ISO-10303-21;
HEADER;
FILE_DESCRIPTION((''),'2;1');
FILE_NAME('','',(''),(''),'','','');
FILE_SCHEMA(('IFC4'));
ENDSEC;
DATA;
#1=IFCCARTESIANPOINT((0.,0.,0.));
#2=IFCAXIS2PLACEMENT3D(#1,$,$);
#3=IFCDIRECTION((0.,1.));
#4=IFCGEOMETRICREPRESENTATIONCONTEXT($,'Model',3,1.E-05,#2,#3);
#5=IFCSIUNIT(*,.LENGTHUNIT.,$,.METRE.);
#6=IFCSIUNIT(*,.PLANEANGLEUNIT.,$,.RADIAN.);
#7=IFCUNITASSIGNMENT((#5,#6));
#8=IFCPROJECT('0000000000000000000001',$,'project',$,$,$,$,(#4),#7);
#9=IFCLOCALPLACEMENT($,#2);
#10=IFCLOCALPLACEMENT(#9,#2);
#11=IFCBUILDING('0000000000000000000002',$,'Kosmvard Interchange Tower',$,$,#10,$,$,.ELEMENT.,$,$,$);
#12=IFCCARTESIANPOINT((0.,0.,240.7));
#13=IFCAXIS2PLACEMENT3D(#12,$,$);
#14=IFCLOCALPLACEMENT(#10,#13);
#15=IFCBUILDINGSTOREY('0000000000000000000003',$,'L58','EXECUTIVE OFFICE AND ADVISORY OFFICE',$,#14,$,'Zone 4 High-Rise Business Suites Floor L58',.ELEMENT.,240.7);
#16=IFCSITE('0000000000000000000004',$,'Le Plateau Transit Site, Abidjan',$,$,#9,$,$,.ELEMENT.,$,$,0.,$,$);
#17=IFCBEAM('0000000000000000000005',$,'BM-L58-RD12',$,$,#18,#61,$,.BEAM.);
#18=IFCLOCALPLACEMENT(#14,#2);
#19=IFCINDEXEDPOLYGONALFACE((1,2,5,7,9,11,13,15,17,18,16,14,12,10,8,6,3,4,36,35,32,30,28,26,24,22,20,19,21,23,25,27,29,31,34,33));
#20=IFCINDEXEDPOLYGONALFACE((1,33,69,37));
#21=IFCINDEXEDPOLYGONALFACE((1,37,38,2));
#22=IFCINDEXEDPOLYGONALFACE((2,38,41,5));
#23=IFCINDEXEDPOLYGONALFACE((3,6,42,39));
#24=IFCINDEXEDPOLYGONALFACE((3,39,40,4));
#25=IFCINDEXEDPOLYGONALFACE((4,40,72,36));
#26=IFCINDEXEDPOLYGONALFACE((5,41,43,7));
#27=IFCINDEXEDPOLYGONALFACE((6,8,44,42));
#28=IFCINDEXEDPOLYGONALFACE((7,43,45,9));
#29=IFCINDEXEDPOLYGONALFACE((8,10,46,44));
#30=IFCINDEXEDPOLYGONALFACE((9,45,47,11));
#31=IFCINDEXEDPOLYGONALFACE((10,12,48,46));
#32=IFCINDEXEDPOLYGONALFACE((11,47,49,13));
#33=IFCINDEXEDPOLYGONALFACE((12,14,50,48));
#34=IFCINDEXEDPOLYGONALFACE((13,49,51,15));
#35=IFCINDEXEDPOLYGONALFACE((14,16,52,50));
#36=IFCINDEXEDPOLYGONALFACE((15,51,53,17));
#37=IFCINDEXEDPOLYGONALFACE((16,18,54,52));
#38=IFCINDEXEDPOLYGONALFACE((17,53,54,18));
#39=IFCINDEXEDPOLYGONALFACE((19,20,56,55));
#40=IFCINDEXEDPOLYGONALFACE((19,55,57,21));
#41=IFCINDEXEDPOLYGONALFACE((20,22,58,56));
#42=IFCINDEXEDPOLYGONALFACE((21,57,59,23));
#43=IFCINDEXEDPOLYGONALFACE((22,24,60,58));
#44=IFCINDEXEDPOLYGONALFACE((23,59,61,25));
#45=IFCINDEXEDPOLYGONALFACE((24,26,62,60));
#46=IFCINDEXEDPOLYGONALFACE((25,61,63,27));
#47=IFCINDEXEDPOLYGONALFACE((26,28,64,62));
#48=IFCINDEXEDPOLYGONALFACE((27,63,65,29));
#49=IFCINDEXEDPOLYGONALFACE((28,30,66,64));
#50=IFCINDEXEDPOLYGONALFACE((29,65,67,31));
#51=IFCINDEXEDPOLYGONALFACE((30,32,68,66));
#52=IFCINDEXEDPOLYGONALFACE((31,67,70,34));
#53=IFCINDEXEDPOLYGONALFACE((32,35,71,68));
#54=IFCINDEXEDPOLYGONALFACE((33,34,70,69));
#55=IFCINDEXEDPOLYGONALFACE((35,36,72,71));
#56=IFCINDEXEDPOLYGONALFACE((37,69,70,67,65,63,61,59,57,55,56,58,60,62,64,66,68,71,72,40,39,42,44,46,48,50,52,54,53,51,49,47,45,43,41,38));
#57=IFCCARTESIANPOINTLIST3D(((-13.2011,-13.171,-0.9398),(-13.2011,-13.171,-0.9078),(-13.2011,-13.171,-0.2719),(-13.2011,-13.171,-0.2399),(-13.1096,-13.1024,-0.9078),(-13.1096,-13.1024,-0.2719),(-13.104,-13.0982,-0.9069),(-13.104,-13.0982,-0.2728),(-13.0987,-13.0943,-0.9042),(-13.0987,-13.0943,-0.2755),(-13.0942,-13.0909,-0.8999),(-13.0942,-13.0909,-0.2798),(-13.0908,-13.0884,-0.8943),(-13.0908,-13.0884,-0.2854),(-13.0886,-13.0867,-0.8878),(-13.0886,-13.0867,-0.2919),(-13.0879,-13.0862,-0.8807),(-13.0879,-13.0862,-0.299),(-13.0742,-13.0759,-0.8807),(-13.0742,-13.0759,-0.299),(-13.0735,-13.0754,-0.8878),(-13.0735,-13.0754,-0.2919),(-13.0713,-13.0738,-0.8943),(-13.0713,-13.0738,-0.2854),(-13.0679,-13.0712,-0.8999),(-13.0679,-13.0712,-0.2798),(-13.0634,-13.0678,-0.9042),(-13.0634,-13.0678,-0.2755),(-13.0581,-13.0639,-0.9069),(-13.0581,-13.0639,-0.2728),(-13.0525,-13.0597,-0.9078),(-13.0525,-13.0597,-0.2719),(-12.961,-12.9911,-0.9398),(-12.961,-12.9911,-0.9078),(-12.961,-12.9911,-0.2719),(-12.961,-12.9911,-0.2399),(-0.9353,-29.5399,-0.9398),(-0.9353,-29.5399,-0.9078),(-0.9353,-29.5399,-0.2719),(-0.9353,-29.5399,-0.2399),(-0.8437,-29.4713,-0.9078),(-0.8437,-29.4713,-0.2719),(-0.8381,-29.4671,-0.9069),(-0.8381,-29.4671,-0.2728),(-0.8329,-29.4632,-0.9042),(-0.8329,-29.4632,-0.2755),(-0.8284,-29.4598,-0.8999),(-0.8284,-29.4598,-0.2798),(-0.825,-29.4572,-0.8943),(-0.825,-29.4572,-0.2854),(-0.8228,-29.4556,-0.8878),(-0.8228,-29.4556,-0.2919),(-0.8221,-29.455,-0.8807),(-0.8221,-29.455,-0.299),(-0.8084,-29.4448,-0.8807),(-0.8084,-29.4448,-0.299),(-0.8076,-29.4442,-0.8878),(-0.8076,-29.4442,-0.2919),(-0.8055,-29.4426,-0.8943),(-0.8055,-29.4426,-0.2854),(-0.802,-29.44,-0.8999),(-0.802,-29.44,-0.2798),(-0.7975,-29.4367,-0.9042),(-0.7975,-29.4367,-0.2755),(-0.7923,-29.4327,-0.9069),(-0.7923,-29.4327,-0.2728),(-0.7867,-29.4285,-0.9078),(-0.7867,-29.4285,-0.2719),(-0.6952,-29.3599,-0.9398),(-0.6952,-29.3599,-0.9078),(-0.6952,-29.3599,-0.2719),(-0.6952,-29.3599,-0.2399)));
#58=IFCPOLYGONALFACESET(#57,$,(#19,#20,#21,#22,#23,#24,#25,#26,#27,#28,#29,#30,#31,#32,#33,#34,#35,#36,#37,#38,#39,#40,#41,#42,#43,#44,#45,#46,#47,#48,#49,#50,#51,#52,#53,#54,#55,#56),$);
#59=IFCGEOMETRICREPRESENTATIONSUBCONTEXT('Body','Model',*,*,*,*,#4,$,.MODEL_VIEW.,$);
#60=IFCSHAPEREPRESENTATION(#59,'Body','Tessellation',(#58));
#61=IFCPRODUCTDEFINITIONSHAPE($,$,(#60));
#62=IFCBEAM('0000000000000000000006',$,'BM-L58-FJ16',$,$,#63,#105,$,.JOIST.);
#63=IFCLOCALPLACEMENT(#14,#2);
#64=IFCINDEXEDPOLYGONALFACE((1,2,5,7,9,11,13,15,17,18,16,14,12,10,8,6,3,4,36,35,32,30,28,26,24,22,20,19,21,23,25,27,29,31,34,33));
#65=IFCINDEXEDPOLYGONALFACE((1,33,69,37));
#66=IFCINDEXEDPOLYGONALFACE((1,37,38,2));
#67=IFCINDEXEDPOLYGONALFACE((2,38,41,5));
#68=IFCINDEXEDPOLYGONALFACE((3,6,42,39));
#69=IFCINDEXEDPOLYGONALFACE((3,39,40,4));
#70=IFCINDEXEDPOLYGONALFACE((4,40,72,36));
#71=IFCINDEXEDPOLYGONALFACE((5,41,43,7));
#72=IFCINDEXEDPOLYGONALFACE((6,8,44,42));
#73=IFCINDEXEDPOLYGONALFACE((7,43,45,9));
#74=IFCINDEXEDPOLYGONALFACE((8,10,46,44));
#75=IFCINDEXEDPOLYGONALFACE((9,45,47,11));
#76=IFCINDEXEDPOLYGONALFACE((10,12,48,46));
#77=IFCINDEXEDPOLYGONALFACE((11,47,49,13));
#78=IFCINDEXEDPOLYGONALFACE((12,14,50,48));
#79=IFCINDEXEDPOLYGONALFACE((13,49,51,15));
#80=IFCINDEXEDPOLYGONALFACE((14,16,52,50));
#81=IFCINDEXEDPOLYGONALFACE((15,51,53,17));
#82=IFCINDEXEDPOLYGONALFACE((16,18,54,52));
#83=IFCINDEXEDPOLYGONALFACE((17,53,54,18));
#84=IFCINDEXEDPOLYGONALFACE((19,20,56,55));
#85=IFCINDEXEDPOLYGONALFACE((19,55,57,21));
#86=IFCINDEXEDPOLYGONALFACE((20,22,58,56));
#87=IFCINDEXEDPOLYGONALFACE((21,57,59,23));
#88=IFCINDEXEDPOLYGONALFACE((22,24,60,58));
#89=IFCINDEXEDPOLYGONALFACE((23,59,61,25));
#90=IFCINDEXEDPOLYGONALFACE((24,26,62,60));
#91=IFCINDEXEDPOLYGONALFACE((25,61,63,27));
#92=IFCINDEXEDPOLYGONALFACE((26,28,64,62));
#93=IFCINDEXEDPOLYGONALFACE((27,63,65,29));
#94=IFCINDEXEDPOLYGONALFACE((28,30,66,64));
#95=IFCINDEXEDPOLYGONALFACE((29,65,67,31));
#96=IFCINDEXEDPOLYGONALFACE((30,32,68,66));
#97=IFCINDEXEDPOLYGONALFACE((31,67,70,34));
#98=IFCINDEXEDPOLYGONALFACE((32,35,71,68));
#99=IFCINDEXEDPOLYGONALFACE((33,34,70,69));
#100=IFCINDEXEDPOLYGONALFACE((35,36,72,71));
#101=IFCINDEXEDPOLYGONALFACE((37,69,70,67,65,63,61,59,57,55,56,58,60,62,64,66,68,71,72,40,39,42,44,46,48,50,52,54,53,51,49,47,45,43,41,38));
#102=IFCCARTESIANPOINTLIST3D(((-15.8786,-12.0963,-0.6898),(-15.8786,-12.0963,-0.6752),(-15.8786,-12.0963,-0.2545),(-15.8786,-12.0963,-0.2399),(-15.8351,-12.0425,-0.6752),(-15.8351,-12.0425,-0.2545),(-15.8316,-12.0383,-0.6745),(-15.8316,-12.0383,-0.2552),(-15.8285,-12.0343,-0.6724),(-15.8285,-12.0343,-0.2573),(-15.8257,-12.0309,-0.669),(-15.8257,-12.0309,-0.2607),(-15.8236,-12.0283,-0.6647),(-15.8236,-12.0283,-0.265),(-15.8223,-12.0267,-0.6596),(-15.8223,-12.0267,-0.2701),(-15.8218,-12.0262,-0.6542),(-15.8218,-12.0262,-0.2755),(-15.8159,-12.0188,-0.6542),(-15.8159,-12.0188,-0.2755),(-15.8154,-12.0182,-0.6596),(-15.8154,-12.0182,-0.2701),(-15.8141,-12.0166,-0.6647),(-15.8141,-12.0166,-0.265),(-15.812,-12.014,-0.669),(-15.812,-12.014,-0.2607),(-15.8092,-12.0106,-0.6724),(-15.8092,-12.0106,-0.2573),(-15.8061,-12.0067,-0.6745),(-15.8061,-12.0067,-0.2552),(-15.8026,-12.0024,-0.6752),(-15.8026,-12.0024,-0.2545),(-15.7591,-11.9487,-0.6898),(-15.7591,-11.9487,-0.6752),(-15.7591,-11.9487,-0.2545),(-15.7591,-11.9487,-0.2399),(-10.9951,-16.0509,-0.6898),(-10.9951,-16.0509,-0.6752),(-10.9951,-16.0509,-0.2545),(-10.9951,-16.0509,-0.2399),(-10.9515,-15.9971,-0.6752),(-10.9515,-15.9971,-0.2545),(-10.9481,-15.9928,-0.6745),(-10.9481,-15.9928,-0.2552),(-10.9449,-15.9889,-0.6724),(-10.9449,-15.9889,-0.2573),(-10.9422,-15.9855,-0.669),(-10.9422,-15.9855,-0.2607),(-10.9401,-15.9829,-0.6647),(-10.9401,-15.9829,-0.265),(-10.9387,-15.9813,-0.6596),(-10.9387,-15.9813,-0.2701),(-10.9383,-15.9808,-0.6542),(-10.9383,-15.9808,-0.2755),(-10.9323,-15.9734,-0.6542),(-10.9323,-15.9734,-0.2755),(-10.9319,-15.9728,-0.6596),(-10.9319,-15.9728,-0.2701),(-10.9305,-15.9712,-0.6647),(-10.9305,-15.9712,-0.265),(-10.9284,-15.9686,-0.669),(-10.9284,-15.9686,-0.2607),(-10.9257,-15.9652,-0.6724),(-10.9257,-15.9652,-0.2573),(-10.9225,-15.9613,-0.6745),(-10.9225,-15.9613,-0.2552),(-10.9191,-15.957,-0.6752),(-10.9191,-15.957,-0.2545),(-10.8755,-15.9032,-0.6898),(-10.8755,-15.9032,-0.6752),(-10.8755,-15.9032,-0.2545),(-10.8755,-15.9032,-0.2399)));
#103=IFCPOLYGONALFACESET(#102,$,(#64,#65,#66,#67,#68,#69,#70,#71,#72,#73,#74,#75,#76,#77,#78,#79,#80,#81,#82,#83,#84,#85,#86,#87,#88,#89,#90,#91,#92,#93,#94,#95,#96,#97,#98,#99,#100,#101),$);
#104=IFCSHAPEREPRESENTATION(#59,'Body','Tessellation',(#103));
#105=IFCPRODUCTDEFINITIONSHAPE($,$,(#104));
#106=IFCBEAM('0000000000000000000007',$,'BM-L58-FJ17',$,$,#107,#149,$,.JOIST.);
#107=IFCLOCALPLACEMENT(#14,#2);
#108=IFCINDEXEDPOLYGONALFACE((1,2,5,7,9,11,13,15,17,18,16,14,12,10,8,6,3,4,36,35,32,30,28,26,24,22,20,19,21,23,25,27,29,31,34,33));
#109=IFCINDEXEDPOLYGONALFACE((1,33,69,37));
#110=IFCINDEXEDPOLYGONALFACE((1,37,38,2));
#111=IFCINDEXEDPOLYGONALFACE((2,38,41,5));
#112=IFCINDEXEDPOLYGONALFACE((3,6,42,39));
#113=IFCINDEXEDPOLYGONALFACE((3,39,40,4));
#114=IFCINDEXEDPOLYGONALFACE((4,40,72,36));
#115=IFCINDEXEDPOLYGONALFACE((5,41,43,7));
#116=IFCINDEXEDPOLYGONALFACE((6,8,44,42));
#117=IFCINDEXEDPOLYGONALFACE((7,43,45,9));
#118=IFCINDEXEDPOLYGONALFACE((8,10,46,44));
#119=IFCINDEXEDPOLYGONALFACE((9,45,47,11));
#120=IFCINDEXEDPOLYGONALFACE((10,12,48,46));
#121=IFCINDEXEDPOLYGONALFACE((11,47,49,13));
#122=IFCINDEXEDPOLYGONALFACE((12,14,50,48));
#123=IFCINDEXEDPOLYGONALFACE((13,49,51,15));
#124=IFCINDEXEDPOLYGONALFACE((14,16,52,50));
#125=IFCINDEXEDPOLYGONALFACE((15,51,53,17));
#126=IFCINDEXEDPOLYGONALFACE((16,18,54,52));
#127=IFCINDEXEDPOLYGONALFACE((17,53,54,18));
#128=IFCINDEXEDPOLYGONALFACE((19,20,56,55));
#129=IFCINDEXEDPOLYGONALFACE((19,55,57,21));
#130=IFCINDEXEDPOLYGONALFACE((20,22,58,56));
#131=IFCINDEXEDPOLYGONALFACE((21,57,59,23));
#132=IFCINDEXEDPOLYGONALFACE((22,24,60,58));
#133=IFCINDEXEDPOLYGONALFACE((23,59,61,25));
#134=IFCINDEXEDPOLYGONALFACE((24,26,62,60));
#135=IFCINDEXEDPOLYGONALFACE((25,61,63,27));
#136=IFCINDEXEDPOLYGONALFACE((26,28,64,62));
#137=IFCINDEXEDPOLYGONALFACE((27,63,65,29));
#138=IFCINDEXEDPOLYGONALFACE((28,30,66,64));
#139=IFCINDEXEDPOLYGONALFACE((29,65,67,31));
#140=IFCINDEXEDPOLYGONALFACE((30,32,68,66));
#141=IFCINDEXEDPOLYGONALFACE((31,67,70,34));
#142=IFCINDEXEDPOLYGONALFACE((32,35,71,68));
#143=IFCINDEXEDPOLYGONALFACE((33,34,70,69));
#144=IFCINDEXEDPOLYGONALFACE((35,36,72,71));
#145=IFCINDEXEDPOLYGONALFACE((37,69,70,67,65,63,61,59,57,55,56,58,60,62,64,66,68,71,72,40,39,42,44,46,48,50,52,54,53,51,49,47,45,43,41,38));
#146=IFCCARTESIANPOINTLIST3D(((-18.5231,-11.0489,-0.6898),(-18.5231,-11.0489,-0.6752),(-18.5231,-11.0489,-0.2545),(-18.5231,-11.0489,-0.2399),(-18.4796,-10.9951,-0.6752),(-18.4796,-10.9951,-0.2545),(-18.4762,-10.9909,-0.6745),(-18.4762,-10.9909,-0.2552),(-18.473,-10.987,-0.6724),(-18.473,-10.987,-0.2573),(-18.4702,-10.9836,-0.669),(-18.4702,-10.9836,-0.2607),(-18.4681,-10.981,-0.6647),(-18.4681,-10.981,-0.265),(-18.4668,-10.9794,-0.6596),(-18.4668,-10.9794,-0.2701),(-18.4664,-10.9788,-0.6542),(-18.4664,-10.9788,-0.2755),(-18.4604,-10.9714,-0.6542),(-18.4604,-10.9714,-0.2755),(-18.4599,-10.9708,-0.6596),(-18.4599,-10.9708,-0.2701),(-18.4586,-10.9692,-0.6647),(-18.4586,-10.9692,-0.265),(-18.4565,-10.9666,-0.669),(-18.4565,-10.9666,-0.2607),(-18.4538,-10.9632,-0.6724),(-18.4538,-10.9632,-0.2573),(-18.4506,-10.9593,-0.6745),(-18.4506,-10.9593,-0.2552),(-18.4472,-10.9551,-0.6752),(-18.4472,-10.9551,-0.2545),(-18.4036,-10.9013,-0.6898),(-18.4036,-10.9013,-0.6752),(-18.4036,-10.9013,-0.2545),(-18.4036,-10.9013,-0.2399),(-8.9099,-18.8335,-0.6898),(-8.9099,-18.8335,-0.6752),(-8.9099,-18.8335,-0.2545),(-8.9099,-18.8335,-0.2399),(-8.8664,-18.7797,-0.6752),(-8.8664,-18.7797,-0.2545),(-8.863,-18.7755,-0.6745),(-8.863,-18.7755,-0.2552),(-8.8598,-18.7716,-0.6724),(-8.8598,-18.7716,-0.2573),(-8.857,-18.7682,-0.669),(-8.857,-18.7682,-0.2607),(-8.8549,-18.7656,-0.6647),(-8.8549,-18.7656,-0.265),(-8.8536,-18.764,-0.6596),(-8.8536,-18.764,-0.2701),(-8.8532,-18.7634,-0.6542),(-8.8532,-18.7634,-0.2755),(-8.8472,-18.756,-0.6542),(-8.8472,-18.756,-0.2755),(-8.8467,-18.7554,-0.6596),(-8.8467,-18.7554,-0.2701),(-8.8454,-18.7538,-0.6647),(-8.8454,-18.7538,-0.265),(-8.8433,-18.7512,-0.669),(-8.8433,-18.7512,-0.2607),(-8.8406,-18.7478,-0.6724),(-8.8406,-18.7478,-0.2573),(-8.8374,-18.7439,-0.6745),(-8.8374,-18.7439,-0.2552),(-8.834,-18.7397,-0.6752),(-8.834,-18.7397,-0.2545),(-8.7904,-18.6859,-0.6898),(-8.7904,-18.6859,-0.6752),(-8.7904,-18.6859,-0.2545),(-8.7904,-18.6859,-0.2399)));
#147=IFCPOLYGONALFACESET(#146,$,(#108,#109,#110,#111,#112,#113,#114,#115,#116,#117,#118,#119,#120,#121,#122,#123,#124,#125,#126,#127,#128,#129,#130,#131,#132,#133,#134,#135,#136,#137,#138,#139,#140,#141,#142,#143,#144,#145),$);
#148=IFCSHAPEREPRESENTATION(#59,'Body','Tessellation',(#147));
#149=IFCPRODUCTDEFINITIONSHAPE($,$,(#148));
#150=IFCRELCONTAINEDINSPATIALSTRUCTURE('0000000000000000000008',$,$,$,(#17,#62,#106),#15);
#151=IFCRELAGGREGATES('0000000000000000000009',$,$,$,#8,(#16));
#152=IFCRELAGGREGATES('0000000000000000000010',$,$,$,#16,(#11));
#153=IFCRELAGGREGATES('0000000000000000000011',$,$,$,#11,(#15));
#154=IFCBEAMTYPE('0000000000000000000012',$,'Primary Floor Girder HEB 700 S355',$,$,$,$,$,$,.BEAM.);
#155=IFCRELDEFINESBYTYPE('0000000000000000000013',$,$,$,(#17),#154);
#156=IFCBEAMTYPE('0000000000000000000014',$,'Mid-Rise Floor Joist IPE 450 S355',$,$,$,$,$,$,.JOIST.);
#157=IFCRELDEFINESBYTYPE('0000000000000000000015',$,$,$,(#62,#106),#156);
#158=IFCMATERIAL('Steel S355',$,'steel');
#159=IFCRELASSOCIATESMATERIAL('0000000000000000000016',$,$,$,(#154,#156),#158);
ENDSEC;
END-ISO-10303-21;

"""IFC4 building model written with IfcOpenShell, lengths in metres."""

from ifc_helpers import new_model, si_unit, direction, frame, origin, origin_2d, place, context, subcontext, project, spatial, i_section, extrude, source, transform, mapped, material, material_profile, profile_set, type_object, element, save


model = new_model("IFC4")

# Units and contexts
model_context = context("Model", 3, precision=1e-05, world=origin(), true_north=direction((0.0, 1.0)))
body_context = subcontext(model_context, "Body", "Model", "MODEL_VIEW")
ifc_project = project(units=[si_unit("LENGTHUNIT", "METRE"), si_unit("PLANEANGLEUNIT", "RADIAN")], contexts=[model_context])

# Site, building, storey
site_placement = place(None, origin())
site = spatial("IfcSite", under=ifc_project, at=site_placement, Name="Le Plateau Transit Site, Abidjan", CompositionType="ELEMENT", RefElevation=0.0)
building_placement = place(site_placement, origin())
building = spatial("IfcBuilding", under=site, at=building_placement, Name="Kosmvard Interchange Tower", CompositionType="ELEMENT")
storey_placement = place(building_placement, frame((0.0, 0.0, 240.7)))
storey = spatial("IfcBuildingStorey", under=building, at=storey_placement, Name="L58", Description="EXECUTIVE OFFICE AND ADVISORY OFFICE", LongName="Zone 4 High-Rise Business Suites Floor L58", CompositionType="ELEMENT", Elevation=240.7)

# Beams
ifc_material_1 = material(Name="Steel S355", Category="steel")
ifc_material_profile_1 = material_profile(ifc_material_1, i_section(OverallWidth=0.3, OverallDepth=0.7, WebThickness=0.0171, FlangeThickness=0.032, FilletRadius=0.0271, at=origin_2d()), Name="HEB 700")
ifc_profile_set_1 = profile_set([ifc_material_profile_1], Name="Steel S355")
beam_type_1 = type_object("IfcBeamType", Name="Primary Floor Girder HEB 700 S355", PredefinedType="BEAM", material=ifc_profile_set_1)
shared_shape_1 = source(origin(), body_context, "Body", "SweptSolid", [
    extrude(i_section(OverallWidth=0.3, OverallDepth=0.7, WebThickness=0.0171, FlangeThickness=0.032, FilletRadius=0.0271, at=origin_2d()), origin(), (0.0, 0.0, 1.0), 20.4546),
])
beam_1_placement = place(storey_placement, frame((-13.0811, -13.0811, -0.5898), z_axis=(0.599662, -0.800253, 0.0), x_axis=(0.800253, 0.599662, 0.0)))
element("IfcBeam", 1, at=beam_1_placement, inside=storey, type_object=beam_type_1, Name="BM-L58-RD12", PredefinedType="BEAM", context=body_context, shape_type="MappedRepresentation", body=[
    mapped(shared_shape_1, transform((0.0, 0.0, 0.0), scale=1.0)),
])
ifc_material_profile_2 = material_profile(ifc_material_1, i_section(OverallWidth=0.1899, OverallDepth=0.45, WebThickness=0.0095, FlangeThickness=0.0146, FilletRadius=0.021, at=origin_2d()), Name="IPE 450")
ifc_profile_set_2 = profile_set([ifc_material_profile_2], Name="Steel S355")
beam_type_2 = type_object("IfcBeamType", Name="Mid-Rise Floor Joist IPE 450 S355", PredefinedType="JOIST", material=ifc_profile_set_2)
shared_shape_2 = source(origin(), body_context, "Body", "SweptSolid", [
    extrude(i_section(OverallWidth=0.1899, OverallDepth=0.45, WebThickness=0.0095, FlangeThickness=0.0146, FilletRadius=0.021, at=origin_2d()), origin(), (0.0, 0.0, 1.0), 6.2839),
])
beam_2_placement = place(storey_placement, frame((-15.8188, -12.0225, -0.4648), z_axis=(0.777148, -0.629318, 0.0), x_axis=(0.629318, 0.777148, 0.0)))
element("IfcBeam", 2, at=beam_2_placement, inside=storey, type_object=beam_type_2, Name="BM-L58-FJ16", PredefinedType="JOIST", context=body_context, shape_type="MappedRepresentation", body=[
    mapped(shared_shape_2, transform((0.0, 0.0, 0.0), scale=1.0)),
])
shared_shape_3 = source(origin(), body_context, "Body", "SweptSolid", [
    extrude(i_section(OverallWidth=0.1899, OverallDepth=0.45, WebThickness=0.0095, FlangeThickness=0.0146, FilletRadius=0.021, at=origin_2d()), origin(), (0.0, 0.0, 1.0), 12.3699),
])
beam_3_placement = place(storey_placement, frame((-18.4634, -10.9751, -0.4648), z_axis=(0.777147, -0.62932, 0.0), x_axis=(0.62932, 0.777147, 0.0)))
element("IfcBeam", 3, at=beam_3_placement, inside=storey, type_object=beam_type_2, Name="BM-L58-FJ17", PredefinedType="JOIST", context=body_context, shape_type="MappedRepresentation", body=[
    mapped(shared_shape_3, transform((0.0, 0.0, 0.0), scale=1.0)),
])

save(model, "model.ifc")
